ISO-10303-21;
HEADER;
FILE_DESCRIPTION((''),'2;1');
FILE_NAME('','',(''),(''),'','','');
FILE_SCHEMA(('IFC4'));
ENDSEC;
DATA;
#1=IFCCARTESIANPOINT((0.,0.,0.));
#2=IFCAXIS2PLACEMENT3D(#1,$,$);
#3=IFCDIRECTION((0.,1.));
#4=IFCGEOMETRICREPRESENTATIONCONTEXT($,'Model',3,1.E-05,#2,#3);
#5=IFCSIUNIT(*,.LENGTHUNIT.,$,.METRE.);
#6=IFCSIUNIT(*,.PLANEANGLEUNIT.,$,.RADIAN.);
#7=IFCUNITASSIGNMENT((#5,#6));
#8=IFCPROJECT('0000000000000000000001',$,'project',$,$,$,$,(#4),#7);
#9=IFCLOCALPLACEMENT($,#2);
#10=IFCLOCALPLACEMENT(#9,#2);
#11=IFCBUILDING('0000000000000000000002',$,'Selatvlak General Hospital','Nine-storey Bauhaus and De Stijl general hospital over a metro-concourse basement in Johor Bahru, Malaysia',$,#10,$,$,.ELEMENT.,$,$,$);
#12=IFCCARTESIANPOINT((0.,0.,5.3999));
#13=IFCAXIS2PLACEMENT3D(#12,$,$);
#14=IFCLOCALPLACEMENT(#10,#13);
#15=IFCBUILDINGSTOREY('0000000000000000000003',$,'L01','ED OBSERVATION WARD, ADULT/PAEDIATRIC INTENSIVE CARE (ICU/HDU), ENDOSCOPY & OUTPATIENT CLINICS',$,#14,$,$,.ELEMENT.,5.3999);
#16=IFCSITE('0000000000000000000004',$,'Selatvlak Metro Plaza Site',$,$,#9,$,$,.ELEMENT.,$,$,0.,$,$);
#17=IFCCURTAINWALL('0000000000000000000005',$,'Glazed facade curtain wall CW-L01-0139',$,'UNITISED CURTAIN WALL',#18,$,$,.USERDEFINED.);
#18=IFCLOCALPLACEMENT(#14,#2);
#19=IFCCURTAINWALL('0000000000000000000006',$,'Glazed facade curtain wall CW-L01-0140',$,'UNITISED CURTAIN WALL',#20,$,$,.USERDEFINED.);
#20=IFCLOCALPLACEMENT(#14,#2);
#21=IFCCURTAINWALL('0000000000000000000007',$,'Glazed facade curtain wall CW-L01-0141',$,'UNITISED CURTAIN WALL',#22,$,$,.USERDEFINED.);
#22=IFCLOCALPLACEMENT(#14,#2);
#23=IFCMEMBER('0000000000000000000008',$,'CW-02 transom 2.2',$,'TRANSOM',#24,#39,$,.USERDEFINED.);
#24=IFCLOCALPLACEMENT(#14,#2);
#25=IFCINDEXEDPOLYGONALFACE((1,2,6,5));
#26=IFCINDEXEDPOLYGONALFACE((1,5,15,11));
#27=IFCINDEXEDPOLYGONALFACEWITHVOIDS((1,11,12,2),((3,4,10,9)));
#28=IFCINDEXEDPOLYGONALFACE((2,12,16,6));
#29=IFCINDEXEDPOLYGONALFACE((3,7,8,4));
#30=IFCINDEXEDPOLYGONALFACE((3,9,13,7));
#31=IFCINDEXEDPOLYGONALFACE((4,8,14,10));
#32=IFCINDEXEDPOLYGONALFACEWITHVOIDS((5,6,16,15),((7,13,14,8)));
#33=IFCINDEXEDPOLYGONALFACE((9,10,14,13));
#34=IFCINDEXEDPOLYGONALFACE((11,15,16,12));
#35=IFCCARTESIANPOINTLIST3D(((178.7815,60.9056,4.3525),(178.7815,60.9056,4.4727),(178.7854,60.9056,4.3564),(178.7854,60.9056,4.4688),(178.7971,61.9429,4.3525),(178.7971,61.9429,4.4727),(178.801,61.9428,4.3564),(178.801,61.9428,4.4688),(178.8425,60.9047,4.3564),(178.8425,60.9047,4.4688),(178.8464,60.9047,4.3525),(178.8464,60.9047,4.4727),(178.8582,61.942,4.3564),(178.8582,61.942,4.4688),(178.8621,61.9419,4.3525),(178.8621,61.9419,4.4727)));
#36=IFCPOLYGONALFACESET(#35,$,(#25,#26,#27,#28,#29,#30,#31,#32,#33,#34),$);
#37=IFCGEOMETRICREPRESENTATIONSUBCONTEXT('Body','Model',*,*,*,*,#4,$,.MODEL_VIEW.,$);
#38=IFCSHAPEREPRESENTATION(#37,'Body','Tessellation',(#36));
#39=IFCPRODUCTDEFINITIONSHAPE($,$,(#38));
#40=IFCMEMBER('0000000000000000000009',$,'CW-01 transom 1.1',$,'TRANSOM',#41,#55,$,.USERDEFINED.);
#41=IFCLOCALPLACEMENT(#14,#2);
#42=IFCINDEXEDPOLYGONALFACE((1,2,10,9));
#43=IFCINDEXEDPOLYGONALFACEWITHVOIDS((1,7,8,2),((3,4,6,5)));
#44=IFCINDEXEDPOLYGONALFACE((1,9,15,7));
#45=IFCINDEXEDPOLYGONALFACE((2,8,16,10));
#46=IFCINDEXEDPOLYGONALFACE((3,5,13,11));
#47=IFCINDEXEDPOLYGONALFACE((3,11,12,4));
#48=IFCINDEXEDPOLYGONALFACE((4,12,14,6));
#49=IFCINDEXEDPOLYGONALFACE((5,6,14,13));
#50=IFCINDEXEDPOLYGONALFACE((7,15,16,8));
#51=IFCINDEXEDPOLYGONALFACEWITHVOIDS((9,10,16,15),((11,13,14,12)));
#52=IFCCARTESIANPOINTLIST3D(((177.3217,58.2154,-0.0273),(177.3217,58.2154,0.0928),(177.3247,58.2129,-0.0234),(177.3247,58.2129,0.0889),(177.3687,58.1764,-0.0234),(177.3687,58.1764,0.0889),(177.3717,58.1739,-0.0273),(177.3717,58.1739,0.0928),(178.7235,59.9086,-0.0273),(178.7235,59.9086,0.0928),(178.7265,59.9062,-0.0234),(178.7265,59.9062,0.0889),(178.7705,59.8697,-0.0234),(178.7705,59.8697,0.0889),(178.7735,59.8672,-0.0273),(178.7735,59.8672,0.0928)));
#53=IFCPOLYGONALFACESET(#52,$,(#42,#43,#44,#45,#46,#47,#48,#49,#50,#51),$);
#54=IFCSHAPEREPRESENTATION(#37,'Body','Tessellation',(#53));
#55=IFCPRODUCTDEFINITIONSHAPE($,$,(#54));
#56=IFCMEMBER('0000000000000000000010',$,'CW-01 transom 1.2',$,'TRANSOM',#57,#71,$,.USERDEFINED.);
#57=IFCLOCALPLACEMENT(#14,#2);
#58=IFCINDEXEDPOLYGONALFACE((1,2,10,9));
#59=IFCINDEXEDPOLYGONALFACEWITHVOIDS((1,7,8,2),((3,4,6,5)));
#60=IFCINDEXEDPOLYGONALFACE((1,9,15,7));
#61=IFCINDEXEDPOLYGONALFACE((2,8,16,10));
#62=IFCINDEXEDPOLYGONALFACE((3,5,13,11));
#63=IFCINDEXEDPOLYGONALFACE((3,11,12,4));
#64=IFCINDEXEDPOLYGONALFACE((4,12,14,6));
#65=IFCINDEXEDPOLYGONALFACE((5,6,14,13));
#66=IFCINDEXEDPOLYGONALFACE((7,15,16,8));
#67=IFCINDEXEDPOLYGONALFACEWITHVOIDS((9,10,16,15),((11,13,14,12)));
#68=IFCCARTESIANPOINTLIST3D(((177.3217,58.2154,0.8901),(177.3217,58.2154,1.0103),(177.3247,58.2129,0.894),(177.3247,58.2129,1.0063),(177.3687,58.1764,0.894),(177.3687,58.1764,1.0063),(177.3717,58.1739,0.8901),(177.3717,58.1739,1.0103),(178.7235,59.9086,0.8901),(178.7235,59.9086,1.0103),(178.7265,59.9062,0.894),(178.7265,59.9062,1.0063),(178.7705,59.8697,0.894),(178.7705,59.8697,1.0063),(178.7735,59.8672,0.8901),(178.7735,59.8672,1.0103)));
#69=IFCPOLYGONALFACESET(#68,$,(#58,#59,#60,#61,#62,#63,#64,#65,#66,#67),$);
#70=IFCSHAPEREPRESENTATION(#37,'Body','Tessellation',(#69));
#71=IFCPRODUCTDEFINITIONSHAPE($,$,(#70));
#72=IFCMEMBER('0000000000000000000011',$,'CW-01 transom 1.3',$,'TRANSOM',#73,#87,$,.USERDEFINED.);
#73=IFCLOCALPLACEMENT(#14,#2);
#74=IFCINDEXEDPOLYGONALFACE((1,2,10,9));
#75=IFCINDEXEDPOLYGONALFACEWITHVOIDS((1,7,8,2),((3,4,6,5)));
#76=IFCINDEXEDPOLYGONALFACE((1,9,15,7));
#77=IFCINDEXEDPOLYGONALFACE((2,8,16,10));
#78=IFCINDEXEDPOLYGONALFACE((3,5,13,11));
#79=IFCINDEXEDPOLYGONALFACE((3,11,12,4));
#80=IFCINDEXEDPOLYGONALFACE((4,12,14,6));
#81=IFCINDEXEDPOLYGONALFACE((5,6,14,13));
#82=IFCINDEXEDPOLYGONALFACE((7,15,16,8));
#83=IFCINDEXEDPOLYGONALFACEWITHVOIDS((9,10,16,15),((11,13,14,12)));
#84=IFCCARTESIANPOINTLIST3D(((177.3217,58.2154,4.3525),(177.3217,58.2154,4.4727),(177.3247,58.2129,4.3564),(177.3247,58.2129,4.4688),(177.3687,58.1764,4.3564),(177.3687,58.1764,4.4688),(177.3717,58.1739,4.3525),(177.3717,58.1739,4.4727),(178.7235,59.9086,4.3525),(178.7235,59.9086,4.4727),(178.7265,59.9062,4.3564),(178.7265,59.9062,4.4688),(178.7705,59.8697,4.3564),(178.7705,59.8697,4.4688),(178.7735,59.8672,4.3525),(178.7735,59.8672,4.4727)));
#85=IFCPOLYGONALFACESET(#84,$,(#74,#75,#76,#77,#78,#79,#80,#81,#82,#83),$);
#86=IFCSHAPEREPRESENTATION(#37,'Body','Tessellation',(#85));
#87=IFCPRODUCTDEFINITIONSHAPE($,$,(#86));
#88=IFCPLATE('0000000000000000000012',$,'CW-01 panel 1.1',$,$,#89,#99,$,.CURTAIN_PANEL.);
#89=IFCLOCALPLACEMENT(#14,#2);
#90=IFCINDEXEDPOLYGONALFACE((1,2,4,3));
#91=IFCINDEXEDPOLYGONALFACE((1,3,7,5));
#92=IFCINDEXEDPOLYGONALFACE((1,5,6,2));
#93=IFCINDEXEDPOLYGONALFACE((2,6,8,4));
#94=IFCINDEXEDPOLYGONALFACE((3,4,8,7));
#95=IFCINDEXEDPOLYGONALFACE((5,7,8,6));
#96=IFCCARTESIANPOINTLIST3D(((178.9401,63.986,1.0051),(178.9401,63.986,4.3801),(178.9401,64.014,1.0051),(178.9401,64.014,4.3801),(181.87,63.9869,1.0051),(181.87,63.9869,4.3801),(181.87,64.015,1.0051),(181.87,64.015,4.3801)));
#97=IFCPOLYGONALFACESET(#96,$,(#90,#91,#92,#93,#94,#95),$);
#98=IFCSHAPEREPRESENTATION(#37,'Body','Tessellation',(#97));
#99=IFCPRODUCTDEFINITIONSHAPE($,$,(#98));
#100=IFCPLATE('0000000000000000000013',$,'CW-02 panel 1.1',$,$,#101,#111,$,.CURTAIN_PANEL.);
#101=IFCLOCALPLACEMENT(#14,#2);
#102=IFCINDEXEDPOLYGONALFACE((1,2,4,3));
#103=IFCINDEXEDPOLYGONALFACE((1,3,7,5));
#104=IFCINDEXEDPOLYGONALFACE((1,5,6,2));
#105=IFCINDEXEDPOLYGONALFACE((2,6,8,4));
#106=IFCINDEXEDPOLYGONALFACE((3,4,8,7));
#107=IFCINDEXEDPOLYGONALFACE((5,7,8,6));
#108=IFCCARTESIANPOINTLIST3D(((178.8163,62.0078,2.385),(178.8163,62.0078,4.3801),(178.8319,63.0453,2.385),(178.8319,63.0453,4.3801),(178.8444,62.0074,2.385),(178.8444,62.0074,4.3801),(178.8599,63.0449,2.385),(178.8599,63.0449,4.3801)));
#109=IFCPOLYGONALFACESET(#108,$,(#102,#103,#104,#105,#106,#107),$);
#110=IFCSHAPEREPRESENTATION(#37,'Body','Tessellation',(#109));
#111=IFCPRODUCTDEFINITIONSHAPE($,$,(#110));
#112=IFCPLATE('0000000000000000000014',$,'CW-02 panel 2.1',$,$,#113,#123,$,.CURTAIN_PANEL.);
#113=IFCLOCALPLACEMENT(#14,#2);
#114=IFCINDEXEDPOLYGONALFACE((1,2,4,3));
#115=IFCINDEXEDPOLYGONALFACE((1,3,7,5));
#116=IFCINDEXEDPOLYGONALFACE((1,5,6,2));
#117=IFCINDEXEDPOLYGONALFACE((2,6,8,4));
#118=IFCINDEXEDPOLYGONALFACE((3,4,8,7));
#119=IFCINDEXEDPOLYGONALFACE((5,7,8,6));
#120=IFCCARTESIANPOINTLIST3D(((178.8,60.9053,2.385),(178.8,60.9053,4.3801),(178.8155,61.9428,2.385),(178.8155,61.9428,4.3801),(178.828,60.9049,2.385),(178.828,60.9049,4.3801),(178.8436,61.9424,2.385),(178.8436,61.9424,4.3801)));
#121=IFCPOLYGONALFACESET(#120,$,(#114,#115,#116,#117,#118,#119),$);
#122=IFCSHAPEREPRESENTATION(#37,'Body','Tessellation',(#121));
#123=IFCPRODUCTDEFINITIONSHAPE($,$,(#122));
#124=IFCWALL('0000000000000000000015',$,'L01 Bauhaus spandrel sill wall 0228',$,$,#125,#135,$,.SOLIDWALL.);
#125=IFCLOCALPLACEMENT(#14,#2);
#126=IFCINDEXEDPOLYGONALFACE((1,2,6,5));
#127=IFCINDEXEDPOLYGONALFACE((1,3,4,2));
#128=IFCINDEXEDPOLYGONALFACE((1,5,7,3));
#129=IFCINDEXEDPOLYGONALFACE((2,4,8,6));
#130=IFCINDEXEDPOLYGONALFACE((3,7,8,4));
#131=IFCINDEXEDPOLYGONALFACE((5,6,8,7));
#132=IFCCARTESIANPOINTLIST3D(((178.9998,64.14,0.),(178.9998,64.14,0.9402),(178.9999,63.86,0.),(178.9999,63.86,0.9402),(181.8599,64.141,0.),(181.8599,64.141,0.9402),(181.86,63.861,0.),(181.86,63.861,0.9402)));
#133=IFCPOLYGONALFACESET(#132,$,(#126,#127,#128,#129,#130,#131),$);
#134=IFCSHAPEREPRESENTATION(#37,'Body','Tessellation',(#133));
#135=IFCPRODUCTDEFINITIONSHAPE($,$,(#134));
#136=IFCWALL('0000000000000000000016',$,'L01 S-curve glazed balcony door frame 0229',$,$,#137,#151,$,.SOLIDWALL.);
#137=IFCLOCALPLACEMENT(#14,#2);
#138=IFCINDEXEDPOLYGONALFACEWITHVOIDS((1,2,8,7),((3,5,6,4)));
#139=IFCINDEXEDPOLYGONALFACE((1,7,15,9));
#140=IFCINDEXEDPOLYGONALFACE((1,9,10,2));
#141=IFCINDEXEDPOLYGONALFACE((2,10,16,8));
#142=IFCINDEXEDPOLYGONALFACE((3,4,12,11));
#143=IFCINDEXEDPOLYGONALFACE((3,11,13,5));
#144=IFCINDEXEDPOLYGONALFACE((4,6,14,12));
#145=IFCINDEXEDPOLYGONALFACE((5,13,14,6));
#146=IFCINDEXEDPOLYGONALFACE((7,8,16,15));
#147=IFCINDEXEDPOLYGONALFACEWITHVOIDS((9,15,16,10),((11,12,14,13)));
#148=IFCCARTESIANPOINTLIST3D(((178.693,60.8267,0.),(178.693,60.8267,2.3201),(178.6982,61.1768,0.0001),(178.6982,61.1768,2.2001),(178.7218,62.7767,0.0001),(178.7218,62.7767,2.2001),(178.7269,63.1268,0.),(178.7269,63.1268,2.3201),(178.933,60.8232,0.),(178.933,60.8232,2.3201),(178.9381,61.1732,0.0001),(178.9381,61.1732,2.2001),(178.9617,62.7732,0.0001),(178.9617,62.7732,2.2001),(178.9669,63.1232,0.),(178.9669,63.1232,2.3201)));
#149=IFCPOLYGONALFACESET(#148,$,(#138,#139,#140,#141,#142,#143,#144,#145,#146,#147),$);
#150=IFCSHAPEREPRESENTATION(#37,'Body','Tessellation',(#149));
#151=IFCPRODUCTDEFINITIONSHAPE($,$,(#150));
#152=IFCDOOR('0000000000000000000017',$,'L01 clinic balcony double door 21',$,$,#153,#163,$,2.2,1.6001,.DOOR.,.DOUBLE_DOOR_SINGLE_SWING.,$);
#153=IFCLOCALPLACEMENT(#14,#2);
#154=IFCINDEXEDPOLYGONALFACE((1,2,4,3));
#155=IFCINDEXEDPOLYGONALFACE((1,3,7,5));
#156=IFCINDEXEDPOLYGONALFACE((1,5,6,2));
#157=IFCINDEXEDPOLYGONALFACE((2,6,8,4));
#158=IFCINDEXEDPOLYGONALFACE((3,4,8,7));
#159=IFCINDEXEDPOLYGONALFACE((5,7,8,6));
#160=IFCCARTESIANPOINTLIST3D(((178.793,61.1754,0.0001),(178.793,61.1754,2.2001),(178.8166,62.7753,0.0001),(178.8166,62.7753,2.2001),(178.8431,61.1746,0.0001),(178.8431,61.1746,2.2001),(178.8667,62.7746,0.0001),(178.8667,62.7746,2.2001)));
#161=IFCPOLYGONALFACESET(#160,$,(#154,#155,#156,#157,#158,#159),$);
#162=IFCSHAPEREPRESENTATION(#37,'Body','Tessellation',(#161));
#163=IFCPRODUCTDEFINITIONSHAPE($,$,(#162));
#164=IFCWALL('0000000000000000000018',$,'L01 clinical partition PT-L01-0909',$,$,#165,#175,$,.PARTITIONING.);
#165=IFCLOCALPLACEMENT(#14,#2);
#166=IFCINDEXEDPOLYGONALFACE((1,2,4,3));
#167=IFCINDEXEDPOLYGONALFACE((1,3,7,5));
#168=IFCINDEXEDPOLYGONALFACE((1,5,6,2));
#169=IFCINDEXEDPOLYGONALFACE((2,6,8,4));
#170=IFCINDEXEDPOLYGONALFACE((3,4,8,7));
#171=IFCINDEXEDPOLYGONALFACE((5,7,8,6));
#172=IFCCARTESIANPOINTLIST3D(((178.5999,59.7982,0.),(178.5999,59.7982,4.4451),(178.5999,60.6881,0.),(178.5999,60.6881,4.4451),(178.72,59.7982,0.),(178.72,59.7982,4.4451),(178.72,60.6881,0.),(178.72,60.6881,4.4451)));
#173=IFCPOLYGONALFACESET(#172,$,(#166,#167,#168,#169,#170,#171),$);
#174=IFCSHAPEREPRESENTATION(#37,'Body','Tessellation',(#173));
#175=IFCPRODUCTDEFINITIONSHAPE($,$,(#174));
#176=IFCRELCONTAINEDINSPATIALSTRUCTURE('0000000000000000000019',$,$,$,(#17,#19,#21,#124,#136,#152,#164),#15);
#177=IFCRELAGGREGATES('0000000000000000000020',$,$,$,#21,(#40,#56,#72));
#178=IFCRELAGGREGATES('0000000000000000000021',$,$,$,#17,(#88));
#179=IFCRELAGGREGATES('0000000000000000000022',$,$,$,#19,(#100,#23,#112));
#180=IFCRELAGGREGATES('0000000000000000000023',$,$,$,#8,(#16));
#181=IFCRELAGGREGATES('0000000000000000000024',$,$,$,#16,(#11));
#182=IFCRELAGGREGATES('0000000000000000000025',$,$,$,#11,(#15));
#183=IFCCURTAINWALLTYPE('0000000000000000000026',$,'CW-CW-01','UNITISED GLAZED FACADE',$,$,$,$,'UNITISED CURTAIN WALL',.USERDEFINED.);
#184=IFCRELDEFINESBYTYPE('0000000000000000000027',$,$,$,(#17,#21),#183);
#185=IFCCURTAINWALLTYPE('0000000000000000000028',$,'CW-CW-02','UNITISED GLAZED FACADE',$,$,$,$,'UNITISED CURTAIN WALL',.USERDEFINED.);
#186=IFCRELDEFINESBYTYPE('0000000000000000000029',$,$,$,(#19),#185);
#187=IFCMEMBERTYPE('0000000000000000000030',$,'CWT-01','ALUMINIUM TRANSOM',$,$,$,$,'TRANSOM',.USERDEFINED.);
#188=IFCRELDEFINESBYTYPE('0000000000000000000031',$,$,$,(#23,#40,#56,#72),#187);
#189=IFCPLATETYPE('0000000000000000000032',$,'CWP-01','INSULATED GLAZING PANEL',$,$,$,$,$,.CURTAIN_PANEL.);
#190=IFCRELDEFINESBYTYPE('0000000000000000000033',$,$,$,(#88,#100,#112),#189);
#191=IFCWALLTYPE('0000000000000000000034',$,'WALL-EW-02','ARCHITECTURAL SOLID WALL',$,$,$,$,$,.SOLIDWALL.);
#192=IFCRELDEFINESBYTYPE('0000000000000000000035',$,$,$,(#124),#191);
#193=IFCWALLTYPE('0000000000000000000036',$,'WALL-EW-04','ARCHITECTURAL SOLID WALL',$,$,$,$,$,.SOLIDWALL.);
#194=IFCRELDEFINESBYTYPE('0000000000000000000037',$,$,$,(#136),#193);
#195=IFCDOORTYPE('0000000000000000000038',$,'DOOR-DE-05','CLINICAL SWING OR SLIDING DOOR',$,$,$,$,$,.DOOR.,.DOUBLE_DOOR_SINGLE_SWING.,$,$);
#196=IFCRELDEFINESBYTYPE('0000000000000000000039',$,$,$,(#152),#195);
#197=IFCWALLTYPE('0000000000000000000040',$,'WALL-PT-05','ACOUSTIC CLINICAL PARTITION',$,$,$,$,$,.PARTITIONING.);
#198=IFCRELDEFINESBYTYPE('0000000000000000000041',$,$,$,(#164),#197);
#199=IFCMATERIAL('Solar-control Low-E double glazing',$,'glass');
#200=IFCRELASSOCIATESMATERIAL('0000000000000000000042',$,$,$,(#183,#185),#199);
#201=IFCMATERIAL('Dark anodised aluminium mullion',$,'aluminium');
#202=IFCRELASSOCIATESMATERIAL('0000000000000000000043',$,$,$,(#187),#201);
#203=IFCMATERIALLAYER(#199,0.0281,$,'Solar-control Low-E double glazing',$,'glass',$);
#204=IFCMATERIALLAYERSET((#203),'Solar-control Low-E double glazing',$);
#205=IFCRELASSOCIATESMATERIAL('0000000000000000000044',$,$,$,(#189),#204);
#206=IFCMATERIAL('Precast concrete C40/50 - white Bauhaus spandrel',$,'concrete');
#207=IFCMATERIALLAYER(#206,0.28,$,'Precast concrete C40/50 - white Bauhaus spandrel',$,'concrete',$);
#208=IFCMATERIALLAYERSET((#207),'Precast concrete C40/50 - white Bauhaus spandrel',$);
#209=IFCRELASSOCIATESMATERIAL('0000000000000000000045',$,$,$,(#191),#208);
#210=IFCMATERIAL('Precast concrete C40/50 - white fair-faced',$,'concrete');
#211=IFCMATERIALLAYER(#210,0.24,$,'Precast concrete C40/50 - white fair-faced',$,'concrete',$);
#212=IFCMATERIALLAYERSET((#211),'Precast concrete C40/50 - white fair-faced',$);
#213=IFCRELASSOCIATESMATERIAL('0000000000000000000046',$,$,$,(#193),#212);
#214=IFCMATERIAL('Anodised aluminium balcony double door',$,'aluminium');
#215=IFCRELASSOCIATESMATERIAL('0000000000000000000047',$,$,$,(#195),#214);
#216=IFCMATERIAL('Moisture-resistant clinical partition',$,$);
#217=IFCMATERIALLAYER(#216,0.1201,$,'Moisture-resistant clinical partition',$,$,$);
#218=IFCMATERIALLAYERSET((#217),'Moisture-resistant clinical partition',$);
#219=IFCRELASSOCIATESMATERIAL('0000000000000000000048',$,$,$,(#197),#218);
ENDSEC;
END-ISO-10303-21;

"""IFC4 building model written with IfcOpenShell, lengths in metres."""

from ifc_helpers import new_model, si_unit, direction, frame, frame_2d, origin, origin_2d, place, context, subcontext, project, spatial, rectangle, hollow_rectangle, extrude, material, layer, layer_set, material_profile, profile_set, type_object, element, fill, aggregate, save


model = new_model("IFC4")

# Units and contexts
model_context = context("Model", 3, precision=1e-05, world=origin(), true_north=direction((0.0, 1.0)))
body_context = subcontext(model_context, "Body", "Model", "MODEL_VIEW")
ifc_project = project(units=[si_unit("LENGTHUNIT", "METRE"), si_unit("PLANEANGLEUNIT", "RADIAN")], contexts=[model_context])

# Site, building, storey
site_placement = place(None, origin())
site = spatial("IfcSite", under=ifc_project, at=site_placement, Name="Selatvlak Metro Plaza Site", CompositionType="ELEMENT", RefElevation=0.0)
building_placement = place(site_placement, origin())
building = spatial("IfcBuilding", under=site, at=building_placement, Name="Selatvlak General Hospital", Description="Nine-storey Bauhaus and De Stijl general hospital over a metro-concourse basement in Johor Bahru, Malaysia", CompositionType="ELEMENT")
storey_placement = place(building_placement, frame((0.0, 0.0, 5.3999)))
storey = spatial("IfcBuildingStorey", under=building, at=storey_placement, Name="L01", Description="ED OBSERVATION WARD, ADULT/PAEDIATRIC INTENSIVE CARE (ICU/HDU), ENDOSCOPY & OUTPATIENT CLINICS", CompositionType="ELEMENT", Elevation=5.3999)

# Curtain walls
ifc_material_1 = material(Name="Solar-control Low-E double glazing", Category="glass")
curtain_wall_type_1 = type_object("IfcCurtainWallType", Name="CW-CW-01", Description="UNITISED GLAZED FACADE", ElementType="UNITISED CURTAIN WALL", PredefinedType="USERDEFINED", material=ifc_material_1)
curtain_wall_1_placement = place(storey_placement, origin())
curtain_wall_1 = element("IfcCurtainWall", 1, at=curtain_wall_1_placement, inside=storey, type_object=curtain_wall_type_1, Name="Glazed facade curtain wall CW-L01-0139", ObjectType="UNITISED CURTAIN WALL", PredefinedType="USERDEFINED")
ifc_material_2 = material(Name="Dark anodised aluminium mullion", Category="aluminium")
curtain_wall_type_2 = type_object("IfcCurtainWallType", Name="CW-CW-02", Description="UNITISED GLAZED FACADE", ElementType="UNITISED CURTAIN WALL", PredefinedType="USERDEFINED", material=ifc_material_1)
curtain_wall_2_placement = place(storey_placement, origin())
curtain_wall_2 = element("IfcCurtainWall", 2, at=curtain_wall_2_placement, inside=storey, type_object=curtain_wall_type_2, Name="Glazed facade curtain wall CW-L01-0140", ObjectType="UNITISED CURTAIN WALL", PredefinedType="USERDEFINED")

# Curtain wall
curtain_wall_3_placement = place(storey_placement, origin())
curtain_wall_3 = element("IfcCurtainWall", 3, at=curtain_wall_3_placement, inside=storey, type_object=curtain_wall_type_1, Name="Glazed facade curtain wall CW-L01-0141", ObjectType="UNITISED CURTAIN WALL", PredefinedType="USERDEFINED")

# Members
ifc_material_profile_1 = material_profile(ifc_material_2, hollow_rectangle(XDim=0.0649, YDim=0.1201, WallThickness=0.0039, at=origin_2d()), Name="AL-TRN 65x120x4")
ifc_profile_set_1 = profile_set([ifc_material_profile_1], Name="Dark anodised aluminium mullion")
member_type_1 = type_object("IfcMemberType", Name="CWT-01", Description="ALUMINIUM TRANSOM", ElementType="TRANSOM", PredefinedType="USERDEFINED", material=ifc_profile_set_1)
member_1_placement = place(storey_placement, frame((178.8296, 61.9424, 4.4126), z_axis=(-0.015061, -0.999887, 0.0), x_axis=(0.999887, -0.015061, 0.0)))
member_1 = element("IfcMember", 4, at=member_1_placement, type_object=member_type_1, Name="CW-02 transom 2.2", ObjectType="TRANSOM", PredefinedType="USERDEFINED", context=body_context, shape_type="SweptSolid", body=[
    extrude(hollow_rectangle(XDim=0.0649, YDim=0.1201, WallThickness=0.0039, at=origin_2d()), origin(), (0.0, 0.0, 1.0), 1.0374),
])
member_2_placement = place(storey_placement, frame((178.7485, 59.8879, 0.0327), z_axis=(-0.63769, -0.770293, 0.0), x_axis=(0.770293, -0.63769, 0.0)))
member_2 = element("IfcMember", 5, at=member_2_placement, type_object=member_type_1, Name="CW-01 transom 1.1", ObjectType="TRANSOM", PredefinedType="USERDEFINED", context=body_context, shape_type="SweptSolid", body=[
    extrude(hollow_rectangle(XDim=0.0649, YDim=0.1201, WallThickness=0.0039, at=origin_2d()), origin(), (0.0, 0.0, 1.0), 2.1982),
])
member_3_placement = place(storey_placement, frame((178.7485, 59.8879, 0.9502), z_axis=(-0.63769, -0.770293, 0.0), x_axis=(0.770293, -0.63769, 0.0)))
member_3 = element("IfcMember", 6, at=member_3_placement, type_object=member_type_1, Name="CW-01 transom 1.2", ObjectType="TRANSOM", PredefinedType="USERDEFINED", context=body_context, shape_type="SweptSolid", body=[
    extrude(hollow_rectangle(XDim=0.0649, YDim=0.1201, WallThickness=0.0039, at=origin_2d()), origin(), (0.0, 0.0, 1.0), 2.1982),
])
member_4_placement = place(storey_placement, frame((178.7485, 59.8879, 4.4126), z_axis=(-0.63769, -0.770293, 0.0), x_axis=(0.770293, -0.63769, 0.0)))
member_4 = element("IfcMember", 7, at=member_4_placement, type_object=member_type_1, Name="CW-01 transom 1.3", ObjectType="TRANSOM", PredefinedType="USERDEFINED", context=body_context, shape_type="SweptSolid", body=[
    extrude(hollow_rectangle(XDim=0.0649, YDim=0.1201, WallThickness=0.0039, at=origin_2d()), origin(), (0.0, 0.0, 1.0), 2.1982),
])
aggregate(curtain_wall_3, [member_2, member_3, member_4])

# Plates
ifc_layer_1 = layer(ifc_material_1, 0.0281, Name="Solar-control Low-E double glazing", Category="glass")
ifc_layer_set_1 = layer_set([ifc_layer_1], Name="Solar-control Low-E double glazing")
plate_type = type_object("IfcPlateType", Name="CWP-01", Description="INSULATED GLAZING PANEL", PredefinedType="CURTAIN_PANEL", material=ifc_layer_set_1)
plate_1_placement = place(storey_placement, frame((180.405, 64.0005, 1.0051), z_axis=(0.0, 0.0, 1.0), x_axis=(-1.0, -0.000327, 0.0)))
plate_1 = element("IfcPlate", 8, at=plate_1_placement, type_object=plate_type, Name="CW-01 panel 1.1", PredefinedType="CURTAIN_PANEL", context=body_context, shape_type="SweptSolid", body=[
    extrude(rectangle(XDim=2.9299, YDim=0.0281, at=origin_2d()), origin(), (0.0, 0.0, 1.0), 3.375),
])
aggregate(curtain_wall_1, [plate_1])
plate_2_placement = place(storey_placement, frame((178.8381, 62.5264, 2.385), z_axis=(0.0, 0.0, 1.0), x_axis=(-0.014976, -0.999888, 0.0)))
plate_2 = element("IfcPlate", 9, at=plate_2_placement, type_object=plate_type, Name="CW-02 panel 1.1", PredefinedType="CURTAIN_PANEL", context=body_context, shape_type="SweptSolid", body=[
    extrude(rectangle(XDim=1.0376, YDim=0.0281, at=origin_2d()), origin(), (0.0, 0.0, 1.0), 1.9951),
])
plate_3_placement = place(storey_placement, frame((178.8218, 61.4238, 2.385), z_axis=(0.0, 0.0, 1.0), x_axis=(-0.014976, -0.999888, 0.0)))
plate_3 = element("IfcPlate", 10, at=plate_3_placement, type_object=plate_type, Name="CW-02 panel 2.1", PredefinedType="CURTAIN_PANEL", context=body_context, shape_type="SweptSolid", body=[
    extrude(rectangle(XDim=1.0376, YDim=0.0281, at=origin_2d()), origin(), (0.0, 0.0, 1.0), 1.9951),
])
aggregate(curtain_wall_2, [plate_2, member_1, plate_3])

# Wall
ifc_material_3 = material(Name="Precast concrete C40/50 - white Bauhaus spandrel", Category="concrete")
ifc_layer_2 = layer(ifc_material_3, 0.28, Name="Precast concrete C40/50 - white Bauhaus spandrel", Category="concrete")
ifc_layer_set_2 = layer_set([ifc_layer_2], Name="Precast concrete C40/50 - white Bauhaus spandrel")
wall_type_1 = type_object("IfcWallType", Name="WALL-EW-02", Description="ARCHITECTURAL SOLID WALL", PredefinedType="SOLIDWALL", material=ifc_layer_set_2)
wall_1_placement = place(storey_placement, frame((181.8601, 64.001, 0.0), z_axis=(0.0, 0.0, 1.0), x_axis=(-1.0, -0.000341, 0.0)))
element("IfcWall", 11, at=wall_1_placement, inside=storey, type_object=wall_type_1, Name="L01 Bauhaus spandrel sill wall 0228", PredefinedType="SOLIDWALL", context=body_context, shape_type="SweptSolid", body=[
    extrude(rectangle(XDim=2.8601, YDim=0.28, at=frame_2d((1.4302, 0.0))), origin(), (0.0, 0.0, 1.0), 0.9402),
])

# Wall, opening, door
ifc_material_4 = material(Name="Precast concrete C40/50 - white fair-faced", Category="concrete")
ifc_layer_3 = layer(ifc_material_4, 0.24, Name="Precast concrete C40/50 - white fair-faced", Category="concrete")
ifc_layer_set_3 = layer_set([ifc_layer_3], Name="Precast concrete C40/50 - white fair-faced")
wall_type_2 = type_object("IfcWallType", Name="WALL-EW-04", Description="ARCHITECTURAL SOLID WALL", PredefinedType="SOLIDWALL", material=ifc_layer_set_3)
wall_2_placement = place(storey_placement, frame((178.8469, 63.125, 0.0), z_axis=(0.0, 0.0, 1.0), x_axis=(-0.014753, -0.999891, 0.0)))
wall_2 = element("IfcWall", 12, at=wall_2_placement, inside=storey, type_object=wall_type_2, Name="L01 S-curve glazed balcony door frame 0229", PredefinedType="SOLIDWALL", context=body_context, shape_type="SweptSolid", body=[
    extrude(rectangle(XDim=2.3003, YDim=0.24, at=frame_2d((1.1501, 0.0))), origin(), (0.0, 0.0, 1.0), 2.3201),
])
opening_placement = place(wall_2_placement, frame((0.3501, 0.0, 0.0)))
opening = element("IfcOpeningElement", 13, at=opening_placement, cuts=wall_2, PredefinedType="OPENING", context=body_context, shape_type="SweptSolid", body=[
    extrude(rectangle(XDim=1.6001, YDim=2.2, at=frame_2d((0.8, 1.1001))), frame((0.0, 0.1299, 0.0), z_axis=(0.0, -1.0, 0.0), x_axis=(1.0, 0.0, 0.0)), (0.0, 0.0, 1.0), 0.26),
])
ifc_material_5 = material(Name="Anodised aluminium balcony double door", Category="aluminium")
door_type = type_object("IfcDoorType", Name="DOOR-DE-05", Description="CLINICAL SWING OR SLIDING DOOR", OperationType="DOUBLE_DOOR_SINGLE_SWING", PredefinedType="DOOR", material=ifc_material_5)
door_placement = place(opening_placement, origin())
door = element("IfcDoor", 14, at=door_placement, inside=storey, type_object=door_type, Name="L01 clinic balcony double door 21", OperationType="DOUBLE_DOOR_SINGLE_SWING", OverallHeight=2.2, OverallWidth=1.6001, PredefinedType="DOOR", context=body_context, shape_type="SweptSolid", body=[
    extrude(rectangle(XDim=1.6001, YDim=2.2, at=frame_2d((0.8, 1.1001))), frame((0.0, 0.0249, 0.0), z_axis=(0.0, -1.0, 0.0), x_axis=(1.0, 0.0, 0.0)), (0.0, 0.0, 1.0), 0.05),
])
fill(opening, door)

# Wall
ifc_material_6 = material(Name="Moisture-resistant clinical partition")
ifc_layer_4 = layer(ifc_material_6, 0.1201, Name="Moisture-resistant clinical partition")
ifc_layer_set_4 = layer_set([ifc_layer_4], Name="Moisture-resistant clinical partition")
wall_type_3 = type_object("IfcWallType", Name="WALL-PT-05", Description="ACOUSTIC CLINICAL PARTITION", PredefinedType="PARTITIONING", material=ifc_layer_set_4)
wall_3_placement = place(storey_placement, frame((178.6599, 60.688, 0.0), z_axis=(0.0, 0.0, 1.0), x_axis=(0.0, -1.0, 0.0)))
element("IfcWall", 15, at=wall_3_placement, inside=storey, type_object=wall_type_3, Name="L01 clinical partition PT-L01-0909", PredefinedType="PARTITIONING", context=body_context, shape_type="SweptSolid", body=[
    extrude(rectangle(XDim=0.8899, YDim=0.1201, at=frame_2d((0.4448, 0.0))), origin(), (0.0, 0.0, 1.0), 4.4451),
])

save(model, "model.ifc")
